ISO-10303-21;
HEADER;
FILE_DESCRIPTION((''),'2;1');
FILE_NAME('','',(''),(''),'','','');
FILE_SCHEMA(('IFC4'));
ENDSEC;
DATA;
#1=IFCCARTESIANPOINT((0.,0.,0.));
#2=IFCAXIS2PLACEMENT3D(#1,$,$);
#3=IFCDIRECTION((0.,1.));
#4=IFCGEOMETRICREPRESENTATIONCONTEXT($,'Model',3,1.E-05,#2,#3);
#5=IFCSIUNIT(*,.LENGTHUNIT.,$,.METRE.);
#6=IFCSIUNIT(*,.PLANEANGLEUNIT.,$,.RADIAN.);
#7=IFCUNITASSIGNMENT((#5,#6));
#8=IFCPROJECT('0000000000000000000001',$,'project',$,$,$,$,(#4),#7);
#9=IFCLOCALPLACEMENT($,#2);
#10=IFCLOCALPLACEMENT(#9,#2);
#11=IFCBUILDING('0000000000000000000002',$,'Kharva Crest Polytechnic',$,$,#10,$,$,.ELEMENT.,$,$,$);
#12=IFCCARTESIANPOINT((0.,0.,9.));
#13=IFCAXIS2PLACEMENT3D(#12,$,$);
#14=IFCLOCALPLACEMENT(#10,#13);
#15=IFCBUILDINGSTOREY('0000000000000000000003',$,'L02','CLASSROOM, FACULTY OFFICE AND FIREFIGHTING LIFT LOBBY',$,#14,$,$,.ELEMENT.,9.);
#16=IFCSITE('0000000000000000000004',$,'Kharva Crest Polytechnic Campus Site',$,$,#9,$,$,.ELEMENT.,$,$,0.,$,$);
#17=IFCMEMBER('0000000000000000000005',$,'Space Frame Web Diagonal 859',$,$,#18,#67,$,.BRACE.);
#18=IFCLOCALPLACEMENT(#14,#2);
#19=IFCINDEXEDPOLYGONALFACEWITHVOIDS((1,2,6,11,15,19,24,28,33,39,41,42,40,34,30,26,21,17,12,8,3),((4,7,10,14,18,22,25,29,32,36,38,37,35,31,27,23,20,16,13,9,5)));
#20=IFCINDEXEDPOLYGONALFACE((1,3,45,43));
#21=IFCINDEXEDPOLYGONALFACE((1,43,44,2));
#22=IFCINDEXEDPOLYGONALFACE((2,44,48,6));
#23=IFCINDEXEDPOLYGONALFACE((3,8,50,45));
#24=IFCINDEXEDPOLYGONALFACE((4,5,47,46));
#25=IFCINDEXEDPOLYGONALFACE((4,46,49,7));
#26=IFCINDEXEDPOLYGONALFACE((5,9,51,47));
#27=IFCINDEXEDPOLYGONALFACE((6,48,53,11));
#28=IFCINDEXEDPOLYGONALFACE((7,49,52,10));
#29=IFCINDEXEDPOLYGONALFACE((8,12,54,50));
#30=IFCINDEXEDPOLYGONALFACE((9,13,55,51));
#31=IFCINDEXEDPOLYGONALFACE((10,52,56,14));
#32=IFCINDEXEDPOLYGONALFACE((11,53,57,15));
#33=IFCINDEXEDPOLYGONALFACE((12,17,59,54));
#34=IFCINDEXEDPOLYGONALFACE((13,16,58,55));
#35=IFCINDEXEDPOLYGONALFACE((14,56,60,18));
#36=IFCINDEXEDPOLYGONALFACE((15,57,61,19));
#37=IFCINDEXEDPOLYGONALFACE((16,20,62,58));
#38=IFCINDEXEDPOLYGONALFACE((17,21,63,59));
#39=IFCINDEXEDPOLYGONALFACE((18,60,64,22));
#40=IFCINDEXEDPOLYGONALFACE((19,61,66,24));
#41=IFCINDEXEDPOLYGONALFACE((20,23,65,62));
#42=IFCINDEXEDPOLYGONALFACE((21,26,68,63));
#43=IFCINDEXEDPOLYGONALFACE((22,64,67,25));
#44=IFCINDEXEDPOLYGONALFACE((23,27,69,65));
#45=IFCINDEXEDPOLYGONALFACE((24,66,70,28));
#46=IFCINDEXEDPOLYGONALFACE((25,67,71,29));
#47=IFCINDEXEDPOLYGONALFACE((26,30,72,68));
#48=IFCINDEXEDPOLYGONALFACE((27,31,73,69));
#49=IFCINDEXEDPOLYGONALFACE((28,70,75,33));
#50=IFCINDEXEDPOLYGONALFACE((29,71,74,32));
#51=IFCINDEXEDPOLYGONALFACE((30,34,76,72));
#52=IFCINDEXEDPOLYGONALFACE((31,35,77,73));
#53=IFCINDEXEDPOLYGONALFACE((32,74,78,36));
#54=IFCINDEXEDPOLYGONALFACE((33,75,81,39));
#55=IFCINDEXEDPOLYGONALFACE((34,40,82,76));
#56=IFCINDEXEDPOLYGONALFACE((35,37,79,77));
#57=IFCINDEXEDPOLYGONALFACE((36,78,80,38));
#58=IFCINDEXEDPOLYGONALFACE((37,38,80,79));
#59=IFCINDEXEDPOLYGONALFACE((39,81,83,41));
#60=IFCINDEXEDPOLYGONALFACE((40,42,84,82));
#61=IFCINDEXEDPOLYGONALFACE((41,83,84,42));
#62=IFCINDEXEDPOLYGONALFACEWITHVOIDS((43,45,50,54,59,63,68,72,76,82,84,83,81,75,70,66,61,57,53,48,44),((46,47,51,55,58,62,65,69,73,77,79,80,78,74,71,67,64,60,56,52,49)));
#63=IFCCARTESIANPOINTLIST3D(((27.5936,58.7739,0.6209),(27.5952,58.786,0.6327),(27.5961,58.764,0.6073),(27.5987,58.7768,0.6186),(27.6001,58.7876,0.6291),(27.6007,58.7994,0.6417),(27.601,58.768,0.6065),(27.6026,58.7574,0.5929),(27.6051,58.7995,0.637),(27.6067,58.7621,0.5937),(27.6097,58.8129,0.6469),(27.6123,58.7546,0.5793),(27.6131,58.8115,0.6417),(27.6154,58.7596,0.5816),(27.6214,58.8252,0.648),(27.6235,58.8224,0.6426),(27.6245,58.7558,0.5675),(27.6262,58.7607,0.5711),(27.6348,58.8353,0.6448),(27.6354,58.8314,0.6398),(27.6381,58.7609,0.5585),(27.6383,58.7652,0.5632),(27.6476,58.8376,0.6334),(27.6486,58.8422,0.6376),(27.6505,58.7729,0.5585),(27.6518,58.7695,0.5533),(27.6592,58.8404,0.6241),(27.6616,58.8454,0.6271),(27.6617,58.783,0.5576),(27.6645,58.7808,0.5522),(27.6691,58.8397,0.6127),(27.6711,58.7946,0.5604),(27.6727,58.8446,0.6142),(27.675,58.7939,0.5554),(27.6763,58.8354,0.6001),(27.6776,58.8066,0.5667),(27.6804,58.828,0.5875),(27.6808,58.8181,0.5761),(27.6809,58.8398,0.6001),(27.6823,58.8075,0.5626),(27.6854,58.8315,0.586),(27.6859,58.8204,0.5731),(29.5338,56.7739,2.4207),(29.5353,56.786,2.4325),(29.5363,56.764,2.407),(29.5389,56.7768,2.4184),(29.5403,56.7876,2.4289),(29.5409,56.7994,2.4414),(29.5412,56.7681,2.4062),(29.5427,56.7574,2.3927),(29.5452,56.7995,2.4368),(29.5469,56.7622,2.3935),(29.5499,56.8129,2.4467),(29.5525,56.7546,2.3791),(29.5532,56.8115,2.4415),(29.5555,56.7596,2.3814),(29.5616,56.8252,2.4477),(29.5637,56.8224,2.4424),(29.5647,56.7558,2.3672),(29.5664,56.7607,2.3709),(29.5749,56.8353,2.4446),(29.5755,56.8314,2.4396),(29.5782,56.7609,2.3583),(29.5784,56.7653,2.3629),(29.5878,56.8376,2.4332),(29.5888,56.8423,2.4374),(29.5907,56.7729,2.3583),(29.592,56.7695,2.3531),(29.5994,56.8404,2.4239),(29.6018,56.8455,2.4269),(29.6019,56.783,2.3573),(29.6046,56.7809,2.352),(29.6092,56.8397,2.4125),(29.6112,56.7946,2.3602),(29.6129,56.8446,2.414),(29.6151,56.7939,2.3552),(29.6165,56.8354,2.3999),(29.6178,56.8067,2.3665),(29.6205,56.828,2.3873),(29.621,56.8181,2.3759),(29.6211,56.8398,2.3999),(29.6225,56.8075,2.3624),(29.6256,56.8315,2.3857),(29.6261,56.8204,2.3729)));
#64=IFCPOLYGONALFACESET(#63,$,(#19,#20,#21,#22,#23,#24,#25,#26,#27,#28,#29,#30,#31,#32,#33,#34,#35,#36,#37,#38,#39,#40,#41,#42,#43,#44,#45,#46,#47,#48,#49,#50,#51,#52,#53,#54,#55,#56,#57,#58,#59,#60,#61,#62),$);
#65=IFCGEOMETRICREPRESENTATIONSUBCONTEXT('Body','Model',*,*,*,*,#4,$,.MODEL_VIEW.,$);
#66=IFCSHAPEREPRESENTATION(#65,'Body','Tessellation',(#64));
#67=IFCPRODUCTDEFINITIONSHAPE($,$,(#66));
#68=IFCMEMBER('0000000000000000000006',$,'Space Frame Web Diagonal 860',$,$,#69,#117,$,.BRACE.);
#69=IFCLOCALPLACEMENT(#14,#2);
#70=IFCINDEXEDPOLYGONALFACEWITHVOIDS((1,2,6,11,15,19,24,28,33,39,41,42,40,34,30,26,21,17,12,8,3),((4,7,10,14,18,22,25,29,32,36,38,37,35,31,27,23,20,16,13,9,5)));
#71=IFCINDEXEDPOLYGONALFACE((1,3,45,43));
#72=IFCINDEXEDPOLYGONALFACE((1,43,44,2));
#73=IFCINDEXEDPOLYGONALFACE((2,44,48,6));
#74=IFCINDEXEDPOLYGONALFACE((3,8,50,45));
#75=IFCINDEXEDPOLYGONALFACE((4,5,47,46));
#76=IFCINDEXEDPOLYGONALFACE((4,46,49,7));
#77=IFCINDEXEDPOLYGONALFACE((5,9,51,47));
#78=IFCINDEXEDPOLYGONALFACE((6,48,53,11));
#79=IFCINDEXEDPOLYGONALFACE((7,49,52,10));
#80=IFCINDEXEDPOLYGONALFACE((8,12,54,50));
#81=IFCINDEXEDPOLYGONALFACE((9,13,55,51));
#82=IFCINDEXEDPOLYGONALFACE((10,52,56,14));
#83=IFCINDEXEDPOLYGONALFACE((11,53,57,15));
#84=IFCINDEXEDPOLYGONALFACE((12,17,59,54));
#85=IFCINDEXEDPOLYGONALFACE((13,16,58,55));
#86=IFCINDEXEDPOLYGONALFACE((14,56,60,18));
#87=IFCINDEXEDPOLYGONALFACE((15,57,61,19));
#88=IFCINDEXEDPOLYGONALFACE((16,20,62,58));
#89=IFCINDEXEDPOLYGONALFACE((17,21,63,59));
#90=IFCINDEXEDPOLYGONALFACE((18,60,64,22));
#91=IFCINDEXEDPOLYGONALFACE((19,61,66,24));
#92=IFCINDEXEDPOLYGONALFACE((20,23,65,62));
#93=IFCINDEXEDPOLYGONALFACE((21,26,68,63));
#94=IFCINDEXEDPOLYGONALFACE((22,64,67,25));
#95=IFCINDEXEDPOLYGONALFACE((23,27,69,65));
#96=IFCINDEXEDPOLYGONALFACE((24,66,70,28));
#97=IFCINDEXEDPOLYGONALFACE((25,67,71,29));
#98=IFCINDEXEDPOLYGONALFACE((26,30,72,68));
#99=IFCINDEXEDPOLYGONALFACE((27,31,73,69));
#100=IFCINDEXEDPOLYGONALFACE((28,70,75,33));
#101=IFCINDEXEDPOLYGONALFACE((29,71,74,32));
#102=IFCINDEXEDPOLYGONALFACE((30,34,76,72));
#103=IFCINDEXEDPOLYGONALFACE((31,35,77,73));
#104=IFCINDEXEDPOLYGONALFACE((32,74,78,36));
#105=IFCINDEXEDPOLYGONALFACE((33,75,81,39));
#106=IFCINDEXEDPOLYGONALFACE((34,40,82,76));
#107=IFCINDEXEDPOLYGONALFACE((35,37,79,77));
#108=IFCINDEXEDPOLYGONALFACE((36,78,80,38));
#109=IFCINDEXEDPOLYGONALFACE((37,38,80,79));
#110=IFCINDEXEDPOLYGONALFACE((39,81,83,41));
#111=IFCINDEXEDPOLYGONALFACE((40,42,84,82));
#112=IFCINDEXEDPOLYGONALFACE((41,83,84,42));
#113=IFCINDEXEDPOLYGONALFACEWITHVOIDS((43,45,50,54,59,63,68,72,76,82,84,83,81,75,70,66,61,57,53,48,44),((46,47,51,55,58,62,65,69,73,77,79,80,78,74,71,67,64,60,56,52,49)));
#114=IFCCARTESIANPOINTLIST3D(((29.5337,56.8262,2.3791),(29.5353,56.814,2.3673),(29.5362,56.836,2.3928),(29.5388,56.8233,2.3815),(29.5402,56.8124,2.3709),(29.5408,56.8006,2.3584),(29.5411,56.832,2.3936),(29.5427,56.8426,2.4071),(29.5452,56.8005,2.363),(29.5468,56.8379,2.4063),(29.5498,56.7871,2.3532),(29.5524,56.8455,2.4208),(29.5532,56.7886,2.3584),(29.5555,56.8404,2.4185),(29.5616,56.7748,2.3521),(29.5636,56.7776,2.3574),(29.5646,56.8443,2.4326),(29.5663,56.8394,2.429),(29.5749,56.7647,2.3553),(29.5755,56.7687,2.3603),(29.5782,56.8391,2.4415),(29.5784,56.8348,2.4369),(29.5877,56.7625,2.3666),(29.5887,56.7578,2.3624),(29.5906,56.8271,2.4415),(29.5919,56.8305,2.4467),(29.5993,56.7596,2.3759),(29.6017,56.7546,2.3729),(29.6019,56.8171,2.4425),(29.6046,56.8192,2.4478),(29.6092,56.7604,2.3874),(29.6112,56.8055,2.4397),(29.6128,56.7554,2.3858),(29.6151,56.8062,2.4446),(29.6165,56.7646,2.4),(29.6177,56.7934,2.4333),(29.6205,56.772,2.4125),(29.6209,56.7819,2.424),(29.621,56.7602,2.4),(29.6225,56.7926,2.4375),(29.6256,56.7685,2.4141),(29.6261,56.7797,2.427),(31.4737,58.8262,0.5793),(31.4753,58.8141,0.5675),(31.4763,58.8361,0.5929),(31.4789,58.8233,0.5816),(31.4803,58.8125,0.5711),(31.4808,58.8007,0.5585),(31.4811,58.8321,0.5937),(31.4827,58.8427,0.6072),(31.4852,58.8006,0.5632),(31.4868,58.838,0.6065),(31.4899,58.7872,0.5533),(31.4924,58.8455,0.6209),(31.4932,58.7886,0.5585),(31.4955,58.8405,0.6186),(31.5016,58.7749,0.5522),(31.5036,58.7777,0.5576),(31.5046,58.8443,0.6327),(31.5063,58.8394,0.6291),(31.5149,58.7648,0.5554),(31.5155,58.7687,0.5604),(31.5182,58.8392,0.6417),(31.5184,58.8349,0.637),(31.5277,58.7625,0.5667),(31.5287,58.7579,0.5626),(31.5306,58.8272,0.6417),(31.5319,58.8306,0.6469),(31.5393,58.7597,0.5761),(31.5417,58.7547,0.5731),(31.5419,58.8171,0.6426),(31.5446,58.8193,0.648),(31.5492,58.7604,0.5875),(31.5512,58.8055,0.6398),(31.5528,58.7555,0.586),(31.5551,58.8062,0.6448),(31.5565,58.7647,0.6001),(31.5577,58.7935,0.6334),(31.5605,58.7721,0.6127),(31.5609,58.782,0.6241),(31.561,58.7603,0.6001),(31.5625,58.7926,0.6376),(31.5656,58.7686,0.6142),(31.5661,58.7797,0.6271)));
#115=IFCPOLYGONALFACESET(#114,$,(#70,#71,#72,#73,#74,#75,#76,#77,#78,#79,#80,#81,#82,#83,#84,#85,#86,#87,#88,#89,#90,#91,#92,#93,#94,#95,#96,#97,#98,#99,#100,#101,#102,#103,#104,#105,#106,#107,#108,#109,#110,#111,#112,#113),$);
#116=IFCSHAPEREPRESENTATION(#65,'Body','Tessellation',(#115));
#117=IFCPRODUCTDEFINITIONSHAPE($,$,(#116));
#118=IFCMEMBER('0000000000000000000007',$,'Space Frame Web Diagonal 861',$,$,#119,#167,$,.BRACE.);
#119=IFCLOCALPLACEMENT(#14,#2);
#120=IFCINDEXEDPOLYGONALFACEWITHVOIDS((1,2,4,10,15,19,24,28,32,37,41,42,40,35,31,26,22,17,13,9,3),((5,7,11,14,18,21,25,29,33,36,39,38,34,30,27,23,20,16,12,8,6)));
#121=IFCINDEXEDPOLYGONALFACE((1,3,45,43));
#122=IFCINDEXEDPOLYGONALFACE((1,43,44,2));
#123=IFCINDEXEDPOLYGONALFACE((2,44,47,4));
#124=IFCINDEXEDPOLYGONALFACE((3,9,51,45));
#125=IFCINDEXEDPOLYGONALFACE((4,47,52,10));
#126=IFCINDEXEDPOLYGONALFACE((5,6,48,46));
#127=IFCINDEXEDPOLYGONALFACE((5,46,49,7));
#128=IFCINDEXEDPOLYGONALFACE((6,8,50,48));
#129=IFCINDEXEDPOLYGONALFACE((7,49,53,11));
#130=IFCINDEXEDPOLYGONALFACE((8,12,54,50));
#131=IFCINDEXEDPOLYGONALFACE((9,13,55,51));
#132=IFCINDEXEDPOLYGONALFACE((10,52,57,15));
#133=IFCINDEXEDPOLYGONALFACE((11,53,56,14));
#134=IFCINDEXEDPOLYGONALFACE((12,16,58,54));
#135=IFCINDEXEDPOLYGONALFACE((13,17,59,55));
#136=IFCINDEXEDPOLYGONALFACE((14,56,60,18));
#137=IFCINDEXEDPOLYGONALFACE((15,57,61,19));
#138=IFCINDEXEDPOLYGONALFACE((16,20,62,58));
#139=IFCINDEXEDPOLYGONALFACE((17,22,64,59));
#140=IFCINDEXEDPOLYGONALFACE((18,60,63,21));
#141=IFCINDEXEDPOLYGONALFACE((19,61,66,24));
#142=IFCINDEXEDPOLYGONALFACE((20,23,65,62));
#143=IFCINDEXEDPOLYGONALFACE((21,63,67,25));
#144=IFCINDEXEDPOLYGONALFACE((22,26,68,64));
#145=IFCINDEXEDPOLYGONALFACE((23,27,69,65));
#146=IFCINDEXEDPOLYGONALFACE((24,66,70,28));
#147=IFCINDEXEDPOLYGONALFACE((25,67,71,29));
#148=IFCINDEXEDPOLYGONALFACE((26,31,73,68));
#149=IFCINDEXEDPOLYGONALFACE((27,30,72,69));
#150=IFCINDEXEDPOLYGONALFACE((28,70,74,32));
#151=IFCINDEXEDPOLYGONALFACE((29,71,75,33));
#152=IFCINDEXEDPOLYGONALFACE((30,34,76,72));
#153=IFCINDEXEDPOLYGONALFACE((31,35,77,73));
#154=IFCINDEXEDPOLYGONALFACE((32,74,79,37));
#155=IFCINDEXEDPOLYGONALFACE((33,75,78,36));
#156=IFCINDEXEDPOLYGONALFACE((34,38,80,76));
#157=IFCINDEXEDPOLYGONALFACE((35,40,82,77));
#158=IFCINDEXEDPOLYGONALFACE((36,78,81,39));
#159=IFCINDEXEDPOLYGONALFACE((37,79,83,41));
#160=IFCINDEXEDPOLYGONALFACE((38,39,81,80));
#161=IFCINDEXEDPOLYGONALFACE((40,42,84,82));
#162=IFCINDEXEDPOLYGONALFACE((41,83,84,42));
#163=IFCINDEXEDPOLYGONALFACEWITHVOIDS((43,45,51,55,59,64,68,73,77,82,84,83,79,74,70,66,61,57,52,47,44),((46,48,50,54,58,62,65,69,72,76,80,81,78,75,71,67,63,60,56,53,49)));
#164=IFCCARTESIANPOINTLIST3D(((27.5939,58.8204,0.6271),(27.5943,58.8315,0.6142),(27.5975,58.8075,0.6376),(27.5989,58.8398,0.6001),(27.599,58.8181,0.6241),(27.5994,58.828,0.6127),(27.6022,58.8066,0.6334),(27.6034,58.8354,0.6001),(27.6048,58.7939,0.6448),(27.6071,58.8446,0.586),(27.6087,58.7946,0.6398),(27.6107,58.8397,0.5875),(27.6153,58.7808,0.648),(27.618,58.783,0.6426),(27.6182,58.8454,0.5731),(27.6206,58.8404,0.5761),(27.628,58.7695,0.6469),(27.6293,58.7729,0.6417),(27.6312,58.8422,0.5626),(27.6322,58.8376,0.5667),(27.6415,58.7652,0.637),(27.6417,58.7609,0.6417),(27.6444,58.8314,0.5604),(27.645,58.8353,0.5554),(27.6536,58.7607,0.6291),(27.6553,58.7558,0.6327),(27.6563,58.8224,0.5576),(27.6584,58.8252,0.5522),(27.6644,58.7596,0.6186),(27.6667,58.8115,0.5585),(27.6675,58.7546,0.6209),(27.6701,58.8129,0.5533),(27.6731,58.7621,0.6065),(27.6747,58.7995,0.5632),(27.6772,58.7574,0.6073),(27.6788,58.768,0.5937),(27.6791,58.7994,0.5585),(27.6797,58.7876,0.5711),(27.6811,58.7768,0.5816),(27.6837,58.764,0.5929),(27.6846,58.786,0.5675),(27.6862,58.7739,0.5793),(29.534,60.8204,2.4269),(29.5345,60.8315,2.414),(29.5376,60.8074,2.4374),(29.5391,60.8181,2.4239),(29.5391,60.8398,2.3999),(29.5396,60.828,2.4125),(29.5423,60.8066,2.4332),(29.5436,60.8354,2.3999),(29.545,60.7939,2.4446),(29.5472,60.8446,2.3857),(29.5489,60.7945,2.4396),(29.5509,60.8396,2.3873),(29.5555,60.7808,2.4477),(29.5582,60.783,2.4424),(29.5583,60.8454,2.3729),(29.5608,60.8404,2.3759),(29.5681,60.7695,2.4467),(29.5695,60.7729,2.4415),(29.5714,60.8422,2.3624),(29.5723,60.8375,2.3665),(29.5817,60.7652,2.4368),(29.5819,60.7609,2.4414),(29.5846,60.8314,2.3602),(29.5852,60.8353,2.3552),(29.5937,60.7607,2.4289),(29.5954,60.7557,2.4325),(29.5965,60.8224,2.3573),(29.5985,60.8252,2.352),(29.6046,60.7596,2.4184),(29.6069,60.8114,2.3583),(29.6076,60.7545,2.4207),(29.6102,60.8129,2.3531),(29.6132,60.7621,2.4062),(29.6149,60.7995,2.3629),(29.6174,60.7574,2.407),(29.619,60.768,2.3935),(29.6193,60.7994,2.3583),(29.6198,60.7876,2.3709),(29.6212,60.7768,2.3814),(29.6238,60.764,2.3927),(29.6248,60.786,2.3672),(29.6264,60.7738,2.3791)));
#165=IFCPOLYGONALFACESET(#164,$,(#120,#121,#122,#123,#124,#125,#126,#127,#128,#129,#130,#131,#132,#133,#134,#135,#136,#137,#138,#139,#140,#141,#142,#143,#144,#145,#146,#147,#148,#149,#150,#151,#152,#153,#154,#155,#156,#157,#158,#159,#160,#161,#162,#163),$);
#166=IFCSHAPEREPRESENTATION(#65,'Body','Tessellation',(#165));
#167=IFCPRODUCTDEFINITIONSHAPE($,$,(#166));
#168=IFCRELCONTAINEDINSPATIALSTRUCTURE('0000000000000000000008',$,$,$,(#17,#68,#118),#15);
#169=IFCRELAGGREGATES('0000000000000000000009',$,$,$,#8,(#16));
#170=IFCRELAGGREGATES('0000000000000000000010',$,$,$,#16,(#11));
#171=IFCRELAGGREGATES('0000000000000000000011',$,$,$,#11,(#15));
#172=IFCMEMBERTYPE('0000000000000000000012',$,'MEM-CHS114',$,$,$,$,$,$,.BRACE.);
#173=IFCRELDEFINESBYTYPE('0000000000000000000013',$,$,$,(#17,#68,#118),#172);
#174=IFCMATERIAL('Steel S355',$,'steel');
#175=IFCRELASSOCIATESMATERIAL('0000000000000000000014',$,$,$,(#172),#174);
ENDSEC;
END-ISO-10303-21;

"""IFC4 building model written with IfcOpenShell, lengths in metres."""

from ifc_helpers import new_model, si_unit, direction, frame, origin, origin_2d, place, context, subcontext, project, spatial, hollow_circle, extrude, material, material_profile, profile_set, type_object, element, save


model = new_model("IFC4")

# Units and contexts
model_context = context("Model", 3, precision=1e-05, world=origin(), true_north=direction((0.0, 1.0)))
body_context = subcontext(model_context, "Body", "Model", "MODEL_VIEW")
ifc_project = project(units=[si_unit("LENGTHUNIT", "METRE"), si_unit("PLANEANGLEUNIT", "RADIAN")], contexts=[model_context])

# Site, building, storey
site_placement = place(None, origin())
site = spatial("IfcSite", under=ifc_project, at=site_placement, Name="Kharva Crest Polytechnic Campus Site", CompositionType="ELEMENT", RefElevation=0.0)
building_placement = place(site_placement, origin())
building = spatial("IfcBuilding", under=site, at=building_placement, Name="Kharva Crest Polytechnic", CompositionType="ELEMENT")
storey_placement = place(building_placement, frame((0.0, 0.0, 9.0)))
storey = spatial("IfcBuildingStorey", under=building, at=storey_placement, Name="L02", Description="CLASSROOM, FACULTY OFFICE AND FIREFIGHTING LIFT LOBBY", CompositionType="ELEMENT", Elevation=9.0)

# Shared definitions
ifc_material_1 = material(Name="Steel S355", Category="steel")

# Members
ifc_material_profile_1 = material_profile(ifc_material_1, hollow_circle(Radius=0.0571, WallThickness=0.0063, at=origin_2d()), Name="CHS 114.3X6.3")
ifc_profile_set_1 = profile_set([ifc_material_profile_1], Name="Steel S355")
member_type_1 = type_object("IfcMemberType", Name="MEM-CHS114", PredefinedType="BRACE", material=ifc_profile_set_1)
for number, where, z_axis, x_axis, name in (
    (1, (27.6399, 58.8, 0.6001), (0.584892, -0.602924, 0.542572), (0.717758, 0.696292, 0.0), "Space Frame Web Diagonal 859"),
    (2, (31.52, 58.8, 0.6001), (-0.584843, -0.60295, 0.542596), (0.717802, -0.696247, 0.0), "Space Frame Web Diagonal 860"),
    (3, (27.6399, 58.8, 0.6001), (0.584892, 0.602924, 0.542572), (-0.717758, 0.696292, 0.0), "Space Frame Web Diagonal 861"),
):
    element("IfcMember", number, at=place(storey_placement, frame(where, z_axis=z_axis, x_axis=x_axis)), inside=storey, type_object=member_type_1, Name=name, PredefinedType="BRACE", context=body_context, shape_type="SweptSolid", body=[
        extrude(hollow_circle(Radius=0.0571, WallThickness=0.0063, at=origin_2d()), origin(), (0.0, 0.0, 1.0), 3.3171),
    ])

save(model, "model.ifc")
